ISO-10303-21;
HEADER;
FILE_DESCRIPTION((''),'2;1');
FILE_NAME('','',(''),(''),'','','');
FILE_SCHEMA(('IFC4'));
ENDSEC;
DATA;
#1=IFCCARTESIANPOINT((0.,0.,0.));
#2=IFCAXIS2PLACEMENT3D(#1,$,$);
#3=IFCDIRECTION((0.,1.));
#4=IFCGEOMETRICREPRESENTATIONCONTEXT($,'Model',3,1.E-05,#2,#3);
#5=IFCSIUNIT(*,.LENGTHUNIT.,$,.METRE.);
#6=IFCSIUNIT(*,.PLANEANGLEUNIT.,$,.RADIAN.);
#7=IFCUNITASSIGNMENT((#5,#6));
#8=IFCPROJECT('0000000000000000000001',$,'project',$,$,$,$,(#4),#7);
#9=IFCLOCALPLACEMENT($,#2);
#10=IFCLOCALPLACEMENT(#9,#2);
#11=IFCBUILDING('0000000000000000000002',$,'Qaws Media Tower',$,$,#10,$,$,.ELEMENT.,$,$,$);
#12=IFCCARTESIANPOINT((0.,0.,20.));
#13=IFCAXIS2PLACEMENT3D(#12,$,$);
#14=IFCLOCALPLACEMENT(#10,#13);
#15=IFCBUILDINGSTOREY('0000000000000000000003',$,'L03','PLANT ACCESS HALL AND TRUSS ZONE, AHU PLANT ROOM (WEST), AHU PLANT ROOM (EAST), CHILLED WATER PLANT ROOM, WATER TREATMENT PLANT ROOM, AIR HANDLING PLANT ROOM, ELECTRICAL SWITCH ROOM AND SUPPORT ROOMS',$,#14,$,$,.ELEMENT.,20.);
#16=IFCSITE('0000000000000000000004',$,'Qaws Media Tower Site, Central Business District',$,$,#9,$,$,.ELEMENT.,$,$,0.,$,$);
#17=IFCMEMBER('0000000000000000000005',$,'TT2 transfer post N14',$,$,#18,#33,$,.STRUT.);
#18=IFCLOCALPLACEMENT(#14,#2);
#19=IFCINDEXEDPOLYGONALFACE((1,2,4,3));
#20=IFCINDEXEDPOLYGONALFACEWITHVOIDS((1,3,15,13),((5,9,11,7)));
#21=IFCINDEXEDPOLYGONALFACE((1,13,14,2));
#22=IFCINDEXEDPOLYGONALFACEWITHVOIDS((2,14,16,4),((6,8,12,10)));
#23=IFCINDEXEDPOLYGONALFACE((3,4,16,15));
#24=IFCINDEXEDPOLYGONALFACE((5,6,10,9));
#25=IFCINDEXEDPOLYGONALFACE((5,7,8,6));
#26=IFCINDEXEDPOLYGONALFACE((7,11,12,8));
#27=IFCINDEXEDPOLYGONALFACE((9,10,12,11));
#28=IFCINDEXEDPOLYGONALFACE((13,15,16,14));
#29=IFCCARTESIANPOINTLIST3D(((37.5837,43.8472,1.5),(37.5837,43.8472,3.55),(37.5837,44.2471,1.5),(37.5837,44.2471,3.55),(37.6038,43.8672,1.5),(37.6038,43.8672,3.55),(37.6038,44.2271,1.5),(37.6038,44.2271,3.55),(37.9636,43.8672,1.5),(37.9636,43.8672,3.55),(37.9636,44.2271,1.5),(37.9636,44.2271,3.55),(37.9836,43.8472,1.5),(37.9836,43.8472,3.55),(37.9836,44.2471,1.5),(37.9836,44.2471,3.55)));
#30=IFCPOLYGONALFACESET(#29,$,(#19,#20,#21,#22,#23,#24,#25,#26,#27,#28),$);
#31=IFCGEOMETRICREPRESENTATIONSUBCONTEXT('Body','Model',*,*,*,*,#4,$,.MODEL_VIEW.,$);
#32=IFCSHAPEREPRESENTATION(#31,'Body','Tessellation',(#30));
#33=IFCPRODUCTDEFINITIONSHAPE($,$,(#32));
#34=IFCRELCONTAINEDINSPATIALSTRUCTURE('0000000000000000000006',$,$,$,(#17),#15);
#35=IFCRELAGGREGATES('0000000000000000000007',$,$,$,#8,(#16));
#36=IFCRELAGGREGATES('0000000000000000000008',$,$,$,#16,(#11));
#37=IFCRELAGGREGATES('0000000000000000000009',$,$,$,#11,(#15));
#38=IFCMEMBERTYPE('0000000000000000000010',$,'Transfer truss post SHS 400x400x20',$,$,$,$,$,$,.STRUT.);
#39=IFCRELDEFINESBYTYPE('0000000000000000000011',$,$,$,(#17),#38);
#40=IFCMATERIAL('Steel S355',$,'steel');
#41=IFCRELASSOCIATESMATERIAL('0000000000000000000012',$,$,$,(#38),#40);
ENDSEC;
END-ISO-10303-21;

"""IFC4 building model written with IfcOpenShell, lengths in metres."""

from ifc_helpers import new_model, si_unit, direction, frame, origin, origin_2d, place, context, subcontext, project, spatial, hollow_rectangle, extrude, material, material_profile, profile_set, type_object, element, save


model = new_model("IFC4")

# Units and contexts
model_context = context("Model", 3, precision=1e-05, world=origin(), true_north=direction((0.0, 1.0)))
body_context = subcontext(model_context, "Body", "Model", "MODEL_VIEW")
ifc_project = project(units=[si_unit("LENGTHUNIT", "METRE"), si_unit("PLANEANGLEUNIT", "RADIAN")], contexts=[model_context])

# Site, building, storey
site_placement = place(None, origin())
site = spatial("IfcSite", under=ifc_project, at=site_placement, Name="Qaws Media Tower Site, Central Business District", CompositionType="ELEMENT", RefElevation=0.0)
building_placement = place(site_placement, origin())
building = spatial("IfcBuilding", under=site, at=building_placement, Name="Qaws Media Tower", CompositionType="ELEMENT")
storey_placement = place(building_placement, frame((0.0, 0.0, 20.0)))
storey = spatial("IfcBuildingStorey", under=building, at=storey_placement, Name="L03", Description="PLANT ACCESS HALL AND TRUSS ZONE, AHU PLANT ROOM (WEST), AHU PLANT ROOM (EAST), CHILLED WATER PLANT ROOM, WATER TREATMENT PLANT ROOM, AIR HANDLING PLANT ROOM, ELECTRICAL SWITCH ROOM AND SUPPORT ROOMS", CompositionType="ELEMENT", Elevation=20.0)

# Member
ifc_material_1 = material(Name="Steel S355", Category="steel")
ifc_material_profile_1 = material_profile(ifc_material_1, hollow_rectangle(XDim=0.3999, YDim=0.3999, WallThickness=0.02, at=origin_2d()), Name="SHS 400x400x20")
ifc_profile_set_1 = profile_set([ifc_material_profile_1], Name="Steel S355")
member_type_1 = type_object("IfcMemberType", Name="Transfer truss post SHS 400x400x20", PredefinedType="STRUT", material=ifc_profile_set_1)
for number, where, z_axis, x_axis, name in (
    (1, (37.7837, 44.0471, 1.5), (0.0, 0.0, 1.0), (1.0, 0.0, 0.0), "TT2 transfer post N14"),
):
    element("IfcMember", number, at=place(storey_placement, frame(where, z_axis=z_axis, x_axis=x_axis)), inside=storey, type_object=member_type_1, Name=name, PredefinedType="STRUT", context=body_context, shape_type="SweptSolid", body=[
        extrude(hollow_rectangle(XDim=0.3999, YDim=0.3999, WallThickness=0.02, at=origin_2d()), origin(), (0.0, 0.0, 1.0), 2.05),
    ])

save(model, "model.ifc")
